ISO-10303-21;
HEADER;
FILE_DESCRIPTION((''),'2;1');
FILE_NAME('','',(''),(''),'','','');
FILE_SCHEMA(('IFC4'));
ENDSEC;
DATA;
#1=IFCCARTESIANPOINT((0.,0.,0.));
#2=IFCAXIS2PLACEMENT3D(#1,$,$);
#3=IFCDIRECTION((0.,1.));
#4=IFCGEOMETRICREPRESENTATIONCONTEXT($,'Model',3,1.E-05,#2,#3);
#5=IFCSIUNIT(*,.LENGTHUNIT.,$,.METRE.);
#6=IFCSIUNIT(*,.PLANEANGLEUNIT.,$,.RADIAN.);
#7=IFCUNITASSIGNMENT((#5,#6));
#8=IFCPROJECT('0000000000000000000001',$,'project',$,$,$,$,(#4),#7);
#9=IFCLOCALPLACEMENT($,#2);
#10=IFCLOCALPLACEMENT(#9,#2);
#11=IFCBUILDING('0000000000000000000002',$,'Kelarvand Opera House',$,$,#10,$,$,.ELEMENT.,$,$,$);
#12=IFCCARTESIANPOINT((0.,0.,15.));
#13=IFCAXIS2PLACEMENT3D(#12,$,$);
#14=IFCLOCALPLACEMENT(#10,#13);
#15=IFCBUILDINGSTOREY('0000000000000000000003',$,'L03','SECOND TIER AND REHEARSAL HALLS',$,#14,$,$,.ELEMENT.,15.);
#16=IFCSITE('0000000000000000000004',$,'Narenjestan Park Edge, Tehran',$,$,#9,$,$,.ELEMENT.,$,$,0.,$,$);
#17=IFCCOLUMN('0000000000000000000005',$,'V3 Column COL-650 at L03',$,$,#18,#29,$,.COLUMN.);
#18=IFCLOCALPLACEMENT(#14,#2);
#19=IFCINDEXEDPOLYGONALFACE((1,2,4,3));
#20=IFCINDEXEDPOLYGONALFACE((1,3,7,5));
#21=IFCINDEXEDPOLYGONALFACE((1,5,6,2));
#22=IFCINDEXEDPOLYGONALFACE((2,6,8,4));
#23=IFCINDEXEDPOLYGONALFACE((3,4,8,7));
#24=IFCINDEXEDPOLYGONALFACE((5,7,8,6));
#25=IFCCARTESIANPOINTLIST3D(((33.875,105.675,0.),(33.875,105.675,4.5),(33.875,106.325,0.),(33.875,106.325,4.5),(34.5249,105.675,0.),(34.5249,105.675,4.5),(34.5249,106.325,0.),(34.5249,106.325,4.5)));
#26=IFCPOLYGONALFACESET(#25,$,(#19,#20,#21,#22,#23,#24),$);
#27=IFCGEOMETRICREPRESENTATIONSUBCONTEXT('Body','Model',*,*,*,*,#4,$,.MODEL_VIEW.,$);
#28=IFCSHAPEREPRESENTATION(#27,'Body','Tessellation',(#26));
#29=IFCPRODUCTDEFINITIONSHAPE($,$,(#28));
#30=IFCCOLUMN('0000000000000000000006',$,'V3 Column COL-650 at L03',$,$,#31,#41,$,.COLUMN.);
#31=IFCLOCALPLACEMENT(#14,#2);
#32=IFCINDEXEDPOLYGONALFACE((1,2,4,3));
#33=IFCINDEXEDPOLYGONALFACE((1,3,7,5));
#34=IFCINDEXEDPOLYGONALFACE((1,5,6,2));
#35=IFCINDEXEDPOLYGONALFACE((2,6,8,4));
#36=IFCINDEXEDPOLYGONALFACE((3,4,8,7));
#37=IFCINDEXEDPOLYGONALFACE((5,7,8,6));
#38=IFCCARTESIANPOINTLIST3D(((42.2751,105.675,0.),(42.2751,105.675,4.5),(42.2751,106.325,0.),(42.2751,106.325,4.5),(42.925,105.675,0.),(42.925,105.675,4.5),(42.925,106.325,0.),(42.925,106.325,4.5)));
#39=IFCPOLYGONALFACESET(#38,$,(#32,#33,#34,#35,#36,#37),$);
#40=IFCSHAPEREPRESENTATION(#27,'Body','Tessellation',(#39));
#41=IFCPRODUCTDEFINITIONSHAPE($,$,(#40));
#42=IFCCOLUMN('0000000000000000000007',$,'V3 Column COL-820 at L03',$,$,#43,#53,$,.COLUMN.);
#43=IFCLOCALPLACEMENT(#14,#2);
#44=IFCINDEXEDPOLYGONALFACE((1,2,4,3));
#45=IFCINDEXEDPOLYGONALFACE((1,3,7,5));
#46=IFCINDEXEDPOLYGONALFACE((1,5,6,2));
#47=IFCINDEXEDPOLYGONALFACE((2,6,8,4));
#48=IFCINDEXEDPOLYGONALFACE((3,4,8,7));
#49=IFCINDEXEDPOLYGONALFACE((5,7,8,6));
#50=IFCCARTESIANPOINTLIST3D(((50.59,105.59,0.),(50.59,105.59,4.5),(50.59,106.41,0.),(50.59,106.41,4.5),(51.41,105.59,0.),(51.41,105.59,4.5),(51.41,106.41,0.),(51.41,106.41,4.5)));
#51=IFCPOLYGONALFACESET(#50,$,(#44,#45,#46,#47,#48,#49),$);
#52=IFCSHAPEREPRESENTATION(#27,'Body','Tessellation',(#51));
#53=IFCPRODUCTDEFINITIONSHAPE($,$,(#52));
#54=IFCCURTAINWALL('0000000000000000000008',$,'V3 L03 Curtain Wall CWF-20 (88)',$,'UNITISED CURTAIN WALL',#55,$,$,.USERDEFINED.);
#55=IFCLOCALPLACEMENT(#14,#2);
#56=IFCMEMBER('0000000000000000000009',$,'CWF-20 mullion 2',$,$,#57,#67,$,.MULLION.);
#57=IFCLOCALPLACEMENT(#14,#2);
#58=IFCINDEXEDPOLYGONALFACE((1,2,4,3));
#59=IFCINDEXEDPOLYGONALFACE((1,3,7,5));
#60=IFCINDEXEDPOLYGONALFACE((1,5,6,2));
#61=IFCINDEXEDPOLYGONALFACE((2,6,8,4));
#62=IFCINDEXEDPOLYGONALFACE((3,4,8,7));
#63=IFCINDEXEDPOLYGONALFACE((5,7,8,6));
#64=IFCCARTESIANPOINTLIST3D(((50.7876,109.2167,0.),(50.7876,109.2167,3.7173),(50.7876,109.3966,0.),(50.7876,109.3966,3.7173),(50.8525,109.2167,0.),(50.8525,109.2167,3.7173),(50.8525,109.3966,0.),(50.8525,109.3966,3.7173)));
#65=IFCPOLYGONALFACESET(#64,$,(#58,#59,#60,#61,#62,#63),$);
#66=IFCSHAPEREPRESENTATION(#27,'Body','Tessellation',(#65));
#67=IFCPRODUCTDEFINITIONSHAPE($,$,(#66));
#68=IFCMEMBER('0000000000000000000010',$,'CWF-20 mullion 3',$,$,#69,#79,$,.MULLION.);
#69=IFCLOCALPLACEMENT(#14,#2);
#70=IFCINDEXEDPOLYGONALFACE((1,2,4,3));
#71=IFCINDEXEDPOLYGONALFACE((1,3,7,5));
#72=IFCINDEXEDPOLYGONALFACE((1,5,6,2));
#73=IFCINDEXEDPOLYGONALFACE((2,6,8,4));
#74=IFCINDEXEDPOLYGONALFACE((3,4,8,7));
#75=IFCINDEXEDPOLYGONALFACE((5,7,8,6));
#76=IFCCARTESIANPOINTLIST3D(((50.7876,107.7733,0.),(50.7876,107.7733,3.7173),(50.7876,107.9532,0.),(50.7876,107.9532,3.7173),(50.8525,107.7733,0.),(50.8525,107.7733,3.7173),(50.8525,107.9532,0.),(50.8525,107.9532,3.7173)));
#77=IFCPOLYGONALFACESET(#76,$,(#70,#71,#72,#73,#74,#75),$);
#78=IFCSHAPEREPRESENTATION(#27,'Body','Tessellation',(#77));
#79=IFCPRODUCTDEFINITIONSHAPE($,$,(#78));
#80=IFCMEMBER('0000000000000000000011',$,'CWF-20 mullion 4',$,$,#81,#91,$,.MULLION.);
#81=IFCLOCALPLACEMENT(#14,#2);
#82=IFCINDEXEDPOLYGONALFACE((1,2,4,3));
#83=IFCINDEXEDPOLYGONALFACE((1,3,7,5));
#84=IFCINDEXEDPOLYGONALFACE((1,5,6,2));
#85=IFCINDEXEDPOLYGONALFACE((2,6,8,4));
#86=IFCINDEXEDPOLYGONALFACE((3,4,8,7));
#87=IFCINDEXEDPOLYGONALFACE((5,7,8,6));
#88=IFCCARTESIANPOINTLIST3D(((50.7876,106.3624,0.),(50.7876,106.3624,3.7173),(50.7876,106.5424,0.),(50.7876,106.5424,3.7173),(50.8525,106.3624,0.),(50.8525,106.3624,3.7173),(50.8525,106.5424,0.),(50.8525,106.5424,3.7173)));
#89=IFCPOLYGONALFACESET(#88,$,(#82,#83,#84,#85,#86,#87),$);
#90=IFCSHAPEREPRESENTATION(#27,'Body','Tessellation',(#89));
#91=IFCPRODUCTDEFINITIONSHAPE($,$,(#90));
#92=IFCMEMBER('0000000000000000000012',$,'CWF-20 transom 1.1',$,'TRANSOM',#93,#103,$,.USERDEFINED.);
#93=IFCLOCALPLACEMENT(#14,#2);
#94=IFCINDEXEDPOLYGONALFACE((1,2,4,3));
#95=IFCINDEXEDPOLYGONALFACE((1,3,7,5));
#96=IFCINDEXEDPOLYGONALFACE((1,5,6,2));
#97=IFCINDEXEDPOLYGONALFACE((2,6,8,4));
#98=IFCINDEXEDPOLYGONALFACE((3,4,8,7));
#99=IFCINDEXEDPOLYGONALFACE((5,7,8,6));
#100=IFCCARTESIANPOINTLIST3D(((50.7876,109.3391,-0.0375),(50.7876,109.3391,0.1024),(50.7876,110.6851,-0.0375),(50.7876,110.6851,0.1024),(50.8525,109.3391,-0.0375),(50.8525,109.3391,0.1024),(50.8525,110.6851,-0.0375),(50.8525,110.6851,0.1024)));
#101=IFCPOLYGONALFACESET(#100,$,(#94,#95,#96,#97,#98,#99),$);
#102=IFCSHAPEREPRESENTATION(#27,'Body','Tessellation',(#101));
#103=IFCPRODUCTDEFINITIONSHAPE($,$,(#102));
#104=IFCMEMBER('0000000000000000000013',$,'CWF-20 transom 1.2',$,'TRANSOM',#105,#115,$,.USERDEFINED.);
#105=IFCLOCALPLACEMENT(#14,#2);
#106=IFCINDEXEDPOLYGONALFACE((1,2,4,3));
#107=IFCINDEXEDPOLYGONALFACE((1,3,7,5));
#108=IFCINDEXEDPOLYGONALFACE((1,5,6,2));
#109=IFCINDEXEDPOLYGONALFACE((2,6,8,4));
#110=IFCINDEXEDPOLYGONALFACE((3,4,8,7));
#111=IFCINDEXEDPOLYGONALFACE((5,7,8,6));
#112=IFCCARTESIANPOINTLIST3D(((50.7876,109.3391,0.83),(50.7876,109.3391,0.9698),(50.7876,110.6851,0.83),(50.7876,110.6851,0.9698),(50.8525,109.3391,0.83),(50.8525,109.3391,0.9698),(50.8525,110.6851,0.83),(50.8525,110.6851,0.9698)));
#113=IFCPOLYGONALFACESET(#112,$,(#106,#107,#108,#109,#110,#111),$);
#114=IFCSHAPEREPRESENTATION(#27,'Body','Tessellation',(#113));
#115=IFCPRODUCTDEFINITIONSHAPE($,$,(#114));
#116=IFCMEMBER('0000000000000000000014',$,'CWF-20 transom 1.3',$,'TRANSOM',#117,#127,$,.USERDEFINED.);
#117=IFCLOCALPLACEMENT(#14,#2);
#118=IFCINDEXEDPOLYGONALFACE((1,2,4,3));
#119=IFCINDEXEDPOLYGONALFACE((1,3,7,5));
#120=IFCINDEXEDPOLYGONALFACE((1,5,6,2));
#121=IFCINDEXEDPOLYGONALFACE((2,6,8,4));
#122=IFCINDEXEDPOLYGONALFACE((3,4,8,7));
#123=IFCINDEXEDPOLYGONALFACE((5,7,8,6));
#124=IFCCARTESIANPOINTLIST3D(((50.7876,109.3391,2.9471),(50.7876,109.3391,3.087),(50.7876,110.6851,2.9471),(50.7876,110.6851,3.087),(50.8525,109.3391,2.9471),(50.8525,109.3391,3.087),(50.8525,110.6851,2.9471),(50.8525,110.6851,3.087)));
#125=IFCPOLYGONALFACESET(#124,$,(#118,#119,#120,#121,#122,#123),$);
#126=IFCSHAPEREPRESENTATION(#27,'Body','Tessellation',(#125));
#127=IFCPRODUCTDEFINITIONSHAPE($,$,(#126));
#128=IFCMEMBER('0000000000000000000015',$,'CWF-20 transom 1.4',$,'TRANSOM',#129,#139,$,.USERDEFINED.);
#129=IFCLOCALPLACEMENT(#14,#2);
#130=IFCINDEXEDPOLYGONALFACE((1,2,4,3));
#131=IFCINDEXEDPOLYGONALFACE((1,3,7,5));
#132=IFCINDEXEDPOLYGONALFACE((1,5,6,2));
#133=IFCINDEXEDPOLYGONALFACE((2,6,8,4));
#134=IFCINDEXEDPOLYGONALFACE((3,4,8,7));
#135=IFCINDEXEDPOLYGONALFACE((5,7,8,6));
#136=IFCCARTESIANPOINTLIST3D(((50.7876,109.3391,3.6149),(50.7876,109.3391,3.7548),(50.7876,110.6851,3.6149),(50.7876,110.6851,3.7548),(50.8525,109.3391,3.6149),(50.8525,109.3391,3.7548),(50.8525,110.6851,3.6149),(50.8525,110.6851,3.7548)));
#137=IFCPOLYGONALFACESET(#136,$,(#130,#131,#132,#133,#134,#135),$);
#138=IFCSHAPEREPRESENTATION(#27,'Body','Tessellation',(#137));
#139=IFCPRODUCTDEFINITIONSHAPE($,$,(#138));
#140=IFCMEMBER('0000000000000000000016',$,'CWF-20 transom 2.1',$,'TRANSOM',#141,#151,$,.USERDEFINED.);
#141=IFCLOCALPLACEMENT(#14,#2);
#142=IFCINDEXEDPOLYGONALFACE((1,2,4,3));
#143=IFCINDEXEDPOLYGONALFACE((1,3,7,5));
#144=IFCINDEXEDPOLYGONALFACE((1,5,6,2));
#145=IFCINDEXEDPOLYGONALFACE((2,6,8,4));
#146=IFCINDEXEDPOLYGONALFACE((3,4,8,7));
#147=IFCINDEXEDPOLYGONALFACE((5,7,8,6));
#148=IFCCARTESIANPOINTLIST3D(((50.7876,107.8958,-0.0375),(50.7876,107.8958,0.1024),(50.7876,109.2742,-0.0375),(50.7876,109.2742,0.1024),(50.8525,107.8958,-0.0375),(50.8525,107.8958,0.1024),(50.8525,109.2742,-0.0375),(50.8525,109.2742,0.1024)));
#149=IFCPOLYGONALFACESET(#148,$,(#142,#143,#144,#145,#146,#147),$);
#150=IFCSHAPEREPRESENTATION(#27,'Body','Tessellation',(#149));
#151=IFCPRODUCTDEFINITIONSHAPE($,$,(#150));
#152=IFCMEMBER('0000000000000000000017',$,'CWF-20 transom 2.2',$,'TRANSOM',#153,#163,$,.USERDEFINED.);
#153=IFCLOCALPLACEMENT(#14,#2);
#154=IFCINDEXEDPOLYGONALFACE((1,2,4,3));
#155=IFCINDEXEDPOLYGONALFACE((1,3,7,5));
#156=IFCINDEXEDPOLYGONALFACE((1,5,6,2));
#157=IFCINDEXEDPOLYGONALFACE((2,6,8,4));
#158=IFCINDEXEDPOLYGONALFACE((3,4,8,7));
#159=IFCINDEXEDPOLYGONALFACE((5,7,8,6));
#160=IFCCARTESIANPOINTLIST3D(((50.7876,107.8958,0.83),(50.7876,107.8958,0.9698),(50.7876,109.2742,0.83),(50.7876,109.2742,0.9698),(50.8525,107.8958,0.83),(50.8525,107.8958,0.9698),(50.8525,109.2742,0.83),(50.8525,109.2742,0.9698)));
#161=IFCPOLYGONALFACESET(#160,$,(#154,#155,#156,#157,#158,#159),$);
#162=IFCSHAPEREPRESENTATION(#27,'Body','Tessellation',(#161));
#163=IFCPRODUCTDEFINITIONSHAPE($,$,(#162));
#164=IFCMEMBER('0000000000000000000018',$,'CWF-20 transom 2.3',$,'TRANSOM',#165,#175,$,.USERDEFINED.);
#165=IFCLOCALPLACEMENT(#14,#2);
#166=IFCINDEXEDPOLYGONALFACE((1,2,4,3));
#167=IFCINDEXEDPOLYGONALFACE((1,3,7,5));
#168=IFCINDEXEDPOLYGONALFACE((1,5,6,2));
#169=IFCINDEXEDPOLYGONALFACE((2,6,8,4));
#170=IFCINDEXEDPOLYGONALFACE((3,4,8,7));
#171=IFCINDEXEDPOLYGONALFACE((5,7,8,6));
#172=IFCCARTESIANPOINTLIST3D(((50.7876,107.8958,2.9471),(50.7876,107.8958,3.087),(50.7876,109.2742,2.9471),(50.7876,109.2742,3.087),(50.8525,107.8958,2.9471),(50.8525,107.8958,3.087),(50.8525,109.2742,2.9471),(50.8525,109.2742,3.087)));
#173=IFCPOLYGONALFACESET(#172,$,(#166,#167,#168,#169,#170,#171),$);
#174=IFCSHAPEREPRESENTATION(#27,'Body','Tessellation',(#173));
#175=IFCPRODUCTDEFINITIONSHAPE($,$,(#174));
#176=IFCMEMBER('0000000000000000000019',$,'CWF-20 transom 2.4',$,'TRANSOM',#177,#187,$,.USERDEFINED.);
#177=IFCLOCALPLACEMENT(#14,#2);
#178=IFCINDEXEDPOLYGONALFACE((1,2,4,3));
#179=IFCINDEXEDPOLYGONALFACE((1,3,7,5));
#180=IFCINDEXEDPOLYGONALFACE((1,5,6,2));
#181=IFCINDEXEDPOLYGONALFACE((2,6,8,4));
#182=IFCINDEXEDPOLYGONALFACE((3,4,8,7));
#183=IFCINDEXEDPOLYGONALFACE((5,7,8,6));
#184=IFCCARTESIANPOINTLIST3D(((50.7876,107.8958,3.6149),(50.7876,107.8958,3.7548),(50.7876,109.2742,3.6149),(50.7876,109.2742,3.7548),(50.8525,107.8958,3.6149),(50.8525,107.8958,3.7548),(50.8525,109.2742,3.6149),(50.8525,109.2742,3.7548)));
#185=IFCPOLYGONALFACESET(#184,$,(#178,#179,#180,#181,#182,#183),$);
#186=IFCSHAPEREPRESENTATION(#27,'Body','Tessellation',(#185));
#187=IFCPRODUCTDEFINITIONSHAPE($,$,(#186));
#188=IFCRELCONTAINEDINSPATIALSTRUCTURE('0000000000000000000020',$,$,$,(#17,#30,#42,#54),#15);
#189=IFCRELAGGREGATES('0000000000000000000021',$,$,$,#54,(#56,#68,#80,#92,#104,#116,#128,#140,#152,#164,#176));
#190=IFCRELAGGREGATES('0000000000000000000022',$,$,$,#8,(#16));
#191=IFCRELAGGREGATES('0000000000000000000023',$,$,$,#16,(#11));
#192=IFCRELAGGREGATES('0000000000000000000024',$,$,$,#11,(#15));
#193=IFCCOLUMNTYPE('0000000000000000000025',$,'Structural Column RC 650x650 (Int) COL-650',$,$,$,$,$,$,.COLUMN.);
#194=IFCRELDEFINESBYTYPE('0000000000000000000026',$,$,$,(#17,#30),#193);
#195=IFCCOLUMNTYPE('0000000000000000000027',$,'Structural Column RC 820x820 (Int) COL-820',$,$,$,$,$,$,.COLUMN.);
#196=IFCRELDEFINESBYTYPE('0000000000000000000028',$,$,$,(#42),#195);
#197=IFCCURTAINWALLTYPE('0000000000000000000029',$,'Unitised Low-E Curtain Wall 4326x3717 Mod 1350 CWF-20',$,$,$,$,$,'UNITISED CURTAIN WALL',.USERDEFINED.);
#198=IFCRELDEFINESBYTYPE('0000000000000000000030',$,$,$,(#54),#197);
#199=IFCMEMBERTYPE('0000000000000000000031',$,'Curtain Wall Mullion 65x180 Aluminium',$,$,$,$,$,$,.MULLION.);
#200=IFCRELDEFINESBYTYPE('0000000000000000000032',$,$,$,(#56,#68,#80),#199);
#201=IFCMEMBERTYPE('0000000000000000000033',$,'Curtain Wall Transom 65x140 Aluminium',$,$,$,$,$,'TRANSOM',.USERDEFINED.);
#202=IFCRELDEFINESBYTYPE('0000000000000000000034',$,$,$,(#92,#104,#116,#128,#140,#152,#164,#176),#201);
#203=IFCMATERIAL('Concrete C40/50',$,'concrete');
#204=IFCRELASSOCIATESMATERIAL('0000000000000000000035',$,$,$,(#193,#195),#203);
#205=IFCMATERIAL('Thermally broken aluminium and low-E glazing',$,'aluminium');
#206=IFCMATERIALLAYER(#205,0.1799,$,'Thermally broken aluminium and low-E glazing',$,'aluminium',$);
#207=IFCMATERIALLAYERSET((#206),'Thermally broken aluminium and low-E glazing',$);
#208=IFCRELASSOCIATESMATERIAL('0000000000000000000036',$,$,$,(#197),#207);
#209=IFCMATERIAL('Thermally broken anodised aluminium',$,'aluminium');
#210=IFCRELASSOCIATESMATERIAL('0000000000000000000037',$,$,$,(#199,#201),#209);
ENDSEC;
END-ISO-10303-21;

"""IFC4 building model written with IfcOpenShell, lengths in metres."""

from ifc_helpers import new_model, si_unit, direction, frame, origin, origin_2d, place, context, subcontext, project, spatial, rectangle, extrude, material, layer, layer_set, material_profile, profile_set, type_object, element, aggregate, save


model = new_model("IFC4")

# Units and contexts
model_context = context("Model", 3, precision=1e-05, world=origin(), true_north=direction((0.0, 1.0)))
body_context = subcontext(model_context, "Body", "Model", "MODEL_VIEW")
ifc_project = project(units=[si_unit("LENGTHUNIT", "METRE"), si_unit("PLANEANGLEUNIT", "RADIAN")], contexts=[model_context])

# Site, building, storey
site_placement = place(None, origin())
site = spatial("IfcSite", under=ifc_project, at=site_placement, Name="Narenjestan Park Edge, Tehran", CompositionType="ELEMENT", RefElevation=0.0)
building_placement = place(site_placement, origin())
building = spatial("IfcBuilding", under=site, at=building_placement, Name="Kelarvand Opera House", CompositionType="ELEMENT")
storey_placement = place(building_placement, frame((0.0, 0.0, 15.0)))
storey = spatial("IfcBuildingStorey", under=building, at=storey_placement, Name="L03", Description="SECOND TIER AND REHEARSAL HALLS", CompositionType="ELEMENT", Elevation=15.0)

# Columns
ifc_material_1 = material(Name="Concrete C40/50", Category="concrete")
ifc_material_profile_1 = material_profile(ifc_material_1, rectangle(XDim=0.6499, YDim=0.6499, at=origin_2d()), Name="RC 650x650", Category="concrete")
ifc_profile_set_1 = profile_set([ifc_material_profile_1], Name="Concrete C40/50")
column_type_1 = type_object("IfcColumnType", Name="Structural Column RC 650x650 (Int) COL-650", PredefinedType="COLUMN", material=ifc_profile_set_1)
for number, where, z_axis, x_axis, name in (
    (1, (34.2, 106.0, 0.0), (0.0, 0.0, 1.0), (1.0, 0.0, 0.0), "V3 Column COL-650 at L03"),
    (2, (42.6001, 106.0, 0.0), (0.0, 0.0, 1.0), (1.0, 0.0, 0.0), "V3 Column COL-650 at L03"),
):
    element("IfcColumn", number, at=place(storey_placement, frame(where, z_axis=z_axis, x_axis=x_axis)), inside=storey, type_object=column_type_1, Name=name, PredefinedType="COLUMN", context=body_context, shape_type="SweptSolid", body=[
        extrude(rectangle(XDim=0.6499, YDim=0.6499, at=origin_2d()), origin(), (0.0, 0.0, 1.0), 4.5),
    ])
ifc_material_profile_2 = material_profile(ifc_material_1, rectangle(XDim=0.8201, YDim=0.8201, at=origin_2d()), Name="RC 820x820", Category="concrete")
ifc_profile_set_2 = profile_set([ifc_material_profile_2], Name="Concrete C40/50")
column_type_2 = type_object("IfcColumnType", Name="Structural Column RC 820x820 (Int) COL-820", PredefinedType="COLUMN", material=ifc_profile_set_2)
column_placement = place(storey_placement, frame((51.0, 106.0, 0.0), z_axis=(0.0, 0.0, 1.0), x_axis=(1.0, 0.0, 0.0)))
element("IfcColumn", 3, at=column_placement, inside=storey, type_object=column_type_2, Name="V3 Column COL-820 at L03", PredefinedType="COLUMN", context=body_context, shape_type="SweptSolid", body=[
    extrude(rectangle(XDim=0.8201, YDim=0.8201, at=origin_2d()), origin(), (0.0, 0.0, 1.0), 4.5),
])

# Curtain wall, members
ifc_material_2 = material(Name="Thermally broken aluminium and low-E glazing", Category="aluminium")
ifc_layer_1 = layer(ifc_material_2, 0.1799, Name="Thermally broken aluminium and low-E glazing", Category="aluminium")
ifc_layer_set_1 = layer_set([ifc_layer_1], Name="Thermally broken aluminium and low-E glazing")
curtain_wall_type = type_object("IfcCurtainWallType", Name="Unitised Low-E Curtain Wall 4326x3717 Mod 1350 CWF-20", ElementType="UNITISED CURTAIN WALL", PredefinedType="USERDEFINED", material=ifc_layer_set_1)
curtain_wall_placement = place(storey_placement, origin())
curtain_wall = element("IfcCurtainWall", 4, at=curtain_wall_placement, inside=storey, type_object=curtain_wall_type, Name="V3 L03 Curtain Wall CWF-20 (88)", ObjectType="UNITISED CURTAIN WALL", PredefinedType="USERDEFINED")
ifc_material_3 = material(Name="Thermally broken anodised aluminium", Category="aluminium")
ifc_material_profile_3 = material_profile(ifc_material_3, rectangle(XDim=0.0649, YDim=0.1799, at=origin_2d()), Name="ALU MULLION 65x180", Category="aluminium")
ifc_profile_set_3 = profile_set([ifc_material_profile_3], Name="Thermally broken anodised aluminium")
member_type_1 = type_object("IfcMemberType", Name="Curtain Wall Mullion 65x180 Aluminium", PredefinedType="MULLION", material=ifc_profile_set_3)
member_1_placement = place(storey_placement, frame((50.8201, 109.3066, 0.0), z_axis=(0.0, 0.0, 1.0), x_axis=(1.0, 0.0, 0.0)))
member_1 = element("IfcMember", 5, at=member_1_placement, type_object=member_type_1, Name="CWF-20 mullion 2", PredefinedType="MULLION", context=body_context, shape_type="SweptSolid", body=[
    extrude(rectangle(XDim=0.0649, YDim=0.1799, at=origin_2d()), origin(), (0.0, 0.0, 1.0), 3.7173),
])
member_2_placement = place(storey_placement, frame((50.8201, 107.8633, 0.0), z_axis=(0.0, 0.0, 1.0), x_axis=(1.0, 0.0, 0.0)))
member_2 = element("IfcMember", 6, at=member_2_placement, type_object=member_type_1, Name="CWF-20 mullion 3", PredefinedType="MULLION", context=body_context, shape_type="SweptSolid", body=[
    extrude(rectangle(XDim=0.0649, YDim=0.1799, at=origin_2d()), origin(), (0.0, 0.0, 1.0), 3.7173),
])
member_3_placement = place(storey_placement, frame((50.8201, 106.4524, 0.0), z_axis=(0.0, 0.0, 1.0), x_axis=(1.0, 0.0, 0.0)))
member_3 = element("IfcMember", 7, at=member_3_placement, type_object=member_type_1, Name="CWF-20 mullion 4", PredefinedType="MULLION", context=body_context, shape_type="SweptSolid", body=[
    extrude(rectangle(XDim=0.0649, YDim=0.1799, at=origin_2d()), origin(), (0.0, 0.0, 1.0), 3.7173),
])
ifc_material_profile_4 = material_profile(ifc_material_3, rectangle(XDim=0.0649, YDim=0.1399, at=origin_2d()), Name="ALU TRANSOM 65x140", Category="aluminium")
ifc_profile_set_4 = profile_set([ifc_material_profile_4], Name="Thermally broken anodised aluminium")
member_type_2 = type_object("IfcMemberType", Name="Curtain Wall Transom 65x140 Aluminium", ElementType="TRANSOM", PredefinedType="USERDEFINED", material=ifc_profile_set_4)
member_4_placement = place(storey_placement, frame((50.8201, 110.6851, 0.0325), z_axis=(0.0, -1.0, 0.0), x_axis=(1.0, 0.0, 0.0)))
member_4 = element("IfcMember", 8, at=member_4_placement, type_object=member_type_2, Name="CWF-20 transom 1.1", ObjectType="TRANSOM", PredefinedType="USERDEFINED", context=body_context, shape_type="SweptSolid", body=[
    extrude(rectangle(XDim=0.0649, YDim=0.1399, at=origin_2d()), origin(), (0.0, 0.0, 1.0), 1.3459),
])
member_5_placement = place(storey_placement, frame((50.8201, 110.6851, 0.8999), z_axis=(0.0, -1.0, 0.0), x_axis=(1.0, 0.0, 0.0)))
member_5 = element("IfcMember", 9, at=member_5_placement, type_object=member_type_2, Name="CWF-20 transom 1.2", ObjectType="TRANSOM", PredefinedType="USERDEFINED", context=body_context, shape_type="SweptSolid", body=[
    extrude(rectangle(XDim=0.0649, YDim=0.1399, at=origin_2d()), origin(), (0.0, 0.0, 1.0), 1.3459),
])
member_6_placement = place(storey_placement, frame((50.8201, 110.6851, 3.0171), z_axis=(0.0, -1.0, 0.0), x_axis=(1.0, 0.0, 0.0)))
member_6 = element("IfcMember", 10, at=member_6_placement, type_object=member_type_2, Name="CWF-20 transom 1.3", ObjectType="TRANSOM", PredefinedType="USERDEFINED", context=body_context, shape_type="SweptSolid", body=[
    extrude(rectangle(XDim=0.0649, YDim=0.1399, at=origin_2d()), origin(), (0.0, 0.0, 1.0), 1.3459),
])
member_7_placement = place(storey_placement, frame((50.8201, 110.6851, 3.6848), z_axis=(0.0, -1.0, 0.0), x_axis=(1.0, 0.0, 0.0)))
member_7 = element("IfcMember", 11, at=member_7_placement, type_object=member_type_2, Name="CWF-20 transom 1.4", ObjectType="TRANSOM", PredefinedType="USERDEFINED", context=body_context, shape_type="SweptSolid", body=[
    extrude(rectangle(XDim=0.0649, YDim=0.1399, at=origin_2d()), origin(), (0.0, 0.0, 1.0), 1.3459),
])
member_8_placement = place(storey_placement, frame((50.8201, 109.2742, 0.0325), z_axis=(0.0, -1.0, 0.0), x_axis=(1.0, 0.0, 0.0)))
member_8 = element("IfcMember", 12, at=member_8_placement, type_object=member_type_2, Name="CWF-20 transom 2.1", ObjectType="TRANSOM", PredefinedType="USERDEFINED", context=body_context, shape_type="SweptSolid", body=[
    extrude(rectangle(XDim=0.0649, YDim=0.1399, at=origin_2d()), origin(), (0.0, 0.0, 1.0), 1.3784),
])
member_9_placement = place(storey_placement, frame((50.8201, 109.2742, 0.8999), z_axis=(0.0, -1.0, 0.0), x_axis=(1.0, 0.0, 0.0)))
member_9 = element("IfcMember", 13, at=member_9_placement, type_object=member_type_2, Name="CWF-20 transom 2.2", ObjectType="TRANSOM", PredefinedType="USERDEFINED", context=body_context, shape_type="SweptSolid", body=[
    extrude(rectangle(XDim=0.0649, YDim=0.1399, at=origin_2d()), origin(), (0.0, 0.0, 1.0), 1.3784),
])
member_10_placement = place(storey_placement, frame((50.8201, 109.2742, 3.0171), z_axis=(0.0, -1.0, 0.0), x_axis=(1.0, 0.0, 0.0)))
member_10 = element("IfcMember", 14, at=member_10_placement, type_object=member_type_2, Name="CWF-20 transom 2.3", ObjectType="TRANSOM", PredefinedType="USERDEFINED", context=body_context, shape_type="SweptSolid", body=[
    extrude(rectangle(XDim=0.0649, YDim=0.1399, at=origin_2d()), origin(), (0.0, 0.0, 1.0), 1.3784),
])
member_11_placement = place(storey_placement, frame((50.8201, 109.2742, 3.6848), z_axis=(0.0, -1.0, 0.0), x_axis=(1.0, 0.0, 0.0)))
member_11 = element("IfcMember", 15, at=member_11_placement, type_object=member_type_2, Name="CWF-20 transom 2.4", ObjectType="TRANSOM", PredefinedType="USERDEFINED", context=body_context, shape_type="SweptSolid", body=[
    extrude(rectangle(XDim=0.0649, YDim=0.1399, at=origin_2d()), origin(), (0.0, 0.0, 1.0), 1.3784),
])

aggregate(curtain_wall, [member_1, member_2, member_3, member_4, member_5, member_6, member_7, member_8, member_9, member_10, member_11])

save(model, "model.ifc")
